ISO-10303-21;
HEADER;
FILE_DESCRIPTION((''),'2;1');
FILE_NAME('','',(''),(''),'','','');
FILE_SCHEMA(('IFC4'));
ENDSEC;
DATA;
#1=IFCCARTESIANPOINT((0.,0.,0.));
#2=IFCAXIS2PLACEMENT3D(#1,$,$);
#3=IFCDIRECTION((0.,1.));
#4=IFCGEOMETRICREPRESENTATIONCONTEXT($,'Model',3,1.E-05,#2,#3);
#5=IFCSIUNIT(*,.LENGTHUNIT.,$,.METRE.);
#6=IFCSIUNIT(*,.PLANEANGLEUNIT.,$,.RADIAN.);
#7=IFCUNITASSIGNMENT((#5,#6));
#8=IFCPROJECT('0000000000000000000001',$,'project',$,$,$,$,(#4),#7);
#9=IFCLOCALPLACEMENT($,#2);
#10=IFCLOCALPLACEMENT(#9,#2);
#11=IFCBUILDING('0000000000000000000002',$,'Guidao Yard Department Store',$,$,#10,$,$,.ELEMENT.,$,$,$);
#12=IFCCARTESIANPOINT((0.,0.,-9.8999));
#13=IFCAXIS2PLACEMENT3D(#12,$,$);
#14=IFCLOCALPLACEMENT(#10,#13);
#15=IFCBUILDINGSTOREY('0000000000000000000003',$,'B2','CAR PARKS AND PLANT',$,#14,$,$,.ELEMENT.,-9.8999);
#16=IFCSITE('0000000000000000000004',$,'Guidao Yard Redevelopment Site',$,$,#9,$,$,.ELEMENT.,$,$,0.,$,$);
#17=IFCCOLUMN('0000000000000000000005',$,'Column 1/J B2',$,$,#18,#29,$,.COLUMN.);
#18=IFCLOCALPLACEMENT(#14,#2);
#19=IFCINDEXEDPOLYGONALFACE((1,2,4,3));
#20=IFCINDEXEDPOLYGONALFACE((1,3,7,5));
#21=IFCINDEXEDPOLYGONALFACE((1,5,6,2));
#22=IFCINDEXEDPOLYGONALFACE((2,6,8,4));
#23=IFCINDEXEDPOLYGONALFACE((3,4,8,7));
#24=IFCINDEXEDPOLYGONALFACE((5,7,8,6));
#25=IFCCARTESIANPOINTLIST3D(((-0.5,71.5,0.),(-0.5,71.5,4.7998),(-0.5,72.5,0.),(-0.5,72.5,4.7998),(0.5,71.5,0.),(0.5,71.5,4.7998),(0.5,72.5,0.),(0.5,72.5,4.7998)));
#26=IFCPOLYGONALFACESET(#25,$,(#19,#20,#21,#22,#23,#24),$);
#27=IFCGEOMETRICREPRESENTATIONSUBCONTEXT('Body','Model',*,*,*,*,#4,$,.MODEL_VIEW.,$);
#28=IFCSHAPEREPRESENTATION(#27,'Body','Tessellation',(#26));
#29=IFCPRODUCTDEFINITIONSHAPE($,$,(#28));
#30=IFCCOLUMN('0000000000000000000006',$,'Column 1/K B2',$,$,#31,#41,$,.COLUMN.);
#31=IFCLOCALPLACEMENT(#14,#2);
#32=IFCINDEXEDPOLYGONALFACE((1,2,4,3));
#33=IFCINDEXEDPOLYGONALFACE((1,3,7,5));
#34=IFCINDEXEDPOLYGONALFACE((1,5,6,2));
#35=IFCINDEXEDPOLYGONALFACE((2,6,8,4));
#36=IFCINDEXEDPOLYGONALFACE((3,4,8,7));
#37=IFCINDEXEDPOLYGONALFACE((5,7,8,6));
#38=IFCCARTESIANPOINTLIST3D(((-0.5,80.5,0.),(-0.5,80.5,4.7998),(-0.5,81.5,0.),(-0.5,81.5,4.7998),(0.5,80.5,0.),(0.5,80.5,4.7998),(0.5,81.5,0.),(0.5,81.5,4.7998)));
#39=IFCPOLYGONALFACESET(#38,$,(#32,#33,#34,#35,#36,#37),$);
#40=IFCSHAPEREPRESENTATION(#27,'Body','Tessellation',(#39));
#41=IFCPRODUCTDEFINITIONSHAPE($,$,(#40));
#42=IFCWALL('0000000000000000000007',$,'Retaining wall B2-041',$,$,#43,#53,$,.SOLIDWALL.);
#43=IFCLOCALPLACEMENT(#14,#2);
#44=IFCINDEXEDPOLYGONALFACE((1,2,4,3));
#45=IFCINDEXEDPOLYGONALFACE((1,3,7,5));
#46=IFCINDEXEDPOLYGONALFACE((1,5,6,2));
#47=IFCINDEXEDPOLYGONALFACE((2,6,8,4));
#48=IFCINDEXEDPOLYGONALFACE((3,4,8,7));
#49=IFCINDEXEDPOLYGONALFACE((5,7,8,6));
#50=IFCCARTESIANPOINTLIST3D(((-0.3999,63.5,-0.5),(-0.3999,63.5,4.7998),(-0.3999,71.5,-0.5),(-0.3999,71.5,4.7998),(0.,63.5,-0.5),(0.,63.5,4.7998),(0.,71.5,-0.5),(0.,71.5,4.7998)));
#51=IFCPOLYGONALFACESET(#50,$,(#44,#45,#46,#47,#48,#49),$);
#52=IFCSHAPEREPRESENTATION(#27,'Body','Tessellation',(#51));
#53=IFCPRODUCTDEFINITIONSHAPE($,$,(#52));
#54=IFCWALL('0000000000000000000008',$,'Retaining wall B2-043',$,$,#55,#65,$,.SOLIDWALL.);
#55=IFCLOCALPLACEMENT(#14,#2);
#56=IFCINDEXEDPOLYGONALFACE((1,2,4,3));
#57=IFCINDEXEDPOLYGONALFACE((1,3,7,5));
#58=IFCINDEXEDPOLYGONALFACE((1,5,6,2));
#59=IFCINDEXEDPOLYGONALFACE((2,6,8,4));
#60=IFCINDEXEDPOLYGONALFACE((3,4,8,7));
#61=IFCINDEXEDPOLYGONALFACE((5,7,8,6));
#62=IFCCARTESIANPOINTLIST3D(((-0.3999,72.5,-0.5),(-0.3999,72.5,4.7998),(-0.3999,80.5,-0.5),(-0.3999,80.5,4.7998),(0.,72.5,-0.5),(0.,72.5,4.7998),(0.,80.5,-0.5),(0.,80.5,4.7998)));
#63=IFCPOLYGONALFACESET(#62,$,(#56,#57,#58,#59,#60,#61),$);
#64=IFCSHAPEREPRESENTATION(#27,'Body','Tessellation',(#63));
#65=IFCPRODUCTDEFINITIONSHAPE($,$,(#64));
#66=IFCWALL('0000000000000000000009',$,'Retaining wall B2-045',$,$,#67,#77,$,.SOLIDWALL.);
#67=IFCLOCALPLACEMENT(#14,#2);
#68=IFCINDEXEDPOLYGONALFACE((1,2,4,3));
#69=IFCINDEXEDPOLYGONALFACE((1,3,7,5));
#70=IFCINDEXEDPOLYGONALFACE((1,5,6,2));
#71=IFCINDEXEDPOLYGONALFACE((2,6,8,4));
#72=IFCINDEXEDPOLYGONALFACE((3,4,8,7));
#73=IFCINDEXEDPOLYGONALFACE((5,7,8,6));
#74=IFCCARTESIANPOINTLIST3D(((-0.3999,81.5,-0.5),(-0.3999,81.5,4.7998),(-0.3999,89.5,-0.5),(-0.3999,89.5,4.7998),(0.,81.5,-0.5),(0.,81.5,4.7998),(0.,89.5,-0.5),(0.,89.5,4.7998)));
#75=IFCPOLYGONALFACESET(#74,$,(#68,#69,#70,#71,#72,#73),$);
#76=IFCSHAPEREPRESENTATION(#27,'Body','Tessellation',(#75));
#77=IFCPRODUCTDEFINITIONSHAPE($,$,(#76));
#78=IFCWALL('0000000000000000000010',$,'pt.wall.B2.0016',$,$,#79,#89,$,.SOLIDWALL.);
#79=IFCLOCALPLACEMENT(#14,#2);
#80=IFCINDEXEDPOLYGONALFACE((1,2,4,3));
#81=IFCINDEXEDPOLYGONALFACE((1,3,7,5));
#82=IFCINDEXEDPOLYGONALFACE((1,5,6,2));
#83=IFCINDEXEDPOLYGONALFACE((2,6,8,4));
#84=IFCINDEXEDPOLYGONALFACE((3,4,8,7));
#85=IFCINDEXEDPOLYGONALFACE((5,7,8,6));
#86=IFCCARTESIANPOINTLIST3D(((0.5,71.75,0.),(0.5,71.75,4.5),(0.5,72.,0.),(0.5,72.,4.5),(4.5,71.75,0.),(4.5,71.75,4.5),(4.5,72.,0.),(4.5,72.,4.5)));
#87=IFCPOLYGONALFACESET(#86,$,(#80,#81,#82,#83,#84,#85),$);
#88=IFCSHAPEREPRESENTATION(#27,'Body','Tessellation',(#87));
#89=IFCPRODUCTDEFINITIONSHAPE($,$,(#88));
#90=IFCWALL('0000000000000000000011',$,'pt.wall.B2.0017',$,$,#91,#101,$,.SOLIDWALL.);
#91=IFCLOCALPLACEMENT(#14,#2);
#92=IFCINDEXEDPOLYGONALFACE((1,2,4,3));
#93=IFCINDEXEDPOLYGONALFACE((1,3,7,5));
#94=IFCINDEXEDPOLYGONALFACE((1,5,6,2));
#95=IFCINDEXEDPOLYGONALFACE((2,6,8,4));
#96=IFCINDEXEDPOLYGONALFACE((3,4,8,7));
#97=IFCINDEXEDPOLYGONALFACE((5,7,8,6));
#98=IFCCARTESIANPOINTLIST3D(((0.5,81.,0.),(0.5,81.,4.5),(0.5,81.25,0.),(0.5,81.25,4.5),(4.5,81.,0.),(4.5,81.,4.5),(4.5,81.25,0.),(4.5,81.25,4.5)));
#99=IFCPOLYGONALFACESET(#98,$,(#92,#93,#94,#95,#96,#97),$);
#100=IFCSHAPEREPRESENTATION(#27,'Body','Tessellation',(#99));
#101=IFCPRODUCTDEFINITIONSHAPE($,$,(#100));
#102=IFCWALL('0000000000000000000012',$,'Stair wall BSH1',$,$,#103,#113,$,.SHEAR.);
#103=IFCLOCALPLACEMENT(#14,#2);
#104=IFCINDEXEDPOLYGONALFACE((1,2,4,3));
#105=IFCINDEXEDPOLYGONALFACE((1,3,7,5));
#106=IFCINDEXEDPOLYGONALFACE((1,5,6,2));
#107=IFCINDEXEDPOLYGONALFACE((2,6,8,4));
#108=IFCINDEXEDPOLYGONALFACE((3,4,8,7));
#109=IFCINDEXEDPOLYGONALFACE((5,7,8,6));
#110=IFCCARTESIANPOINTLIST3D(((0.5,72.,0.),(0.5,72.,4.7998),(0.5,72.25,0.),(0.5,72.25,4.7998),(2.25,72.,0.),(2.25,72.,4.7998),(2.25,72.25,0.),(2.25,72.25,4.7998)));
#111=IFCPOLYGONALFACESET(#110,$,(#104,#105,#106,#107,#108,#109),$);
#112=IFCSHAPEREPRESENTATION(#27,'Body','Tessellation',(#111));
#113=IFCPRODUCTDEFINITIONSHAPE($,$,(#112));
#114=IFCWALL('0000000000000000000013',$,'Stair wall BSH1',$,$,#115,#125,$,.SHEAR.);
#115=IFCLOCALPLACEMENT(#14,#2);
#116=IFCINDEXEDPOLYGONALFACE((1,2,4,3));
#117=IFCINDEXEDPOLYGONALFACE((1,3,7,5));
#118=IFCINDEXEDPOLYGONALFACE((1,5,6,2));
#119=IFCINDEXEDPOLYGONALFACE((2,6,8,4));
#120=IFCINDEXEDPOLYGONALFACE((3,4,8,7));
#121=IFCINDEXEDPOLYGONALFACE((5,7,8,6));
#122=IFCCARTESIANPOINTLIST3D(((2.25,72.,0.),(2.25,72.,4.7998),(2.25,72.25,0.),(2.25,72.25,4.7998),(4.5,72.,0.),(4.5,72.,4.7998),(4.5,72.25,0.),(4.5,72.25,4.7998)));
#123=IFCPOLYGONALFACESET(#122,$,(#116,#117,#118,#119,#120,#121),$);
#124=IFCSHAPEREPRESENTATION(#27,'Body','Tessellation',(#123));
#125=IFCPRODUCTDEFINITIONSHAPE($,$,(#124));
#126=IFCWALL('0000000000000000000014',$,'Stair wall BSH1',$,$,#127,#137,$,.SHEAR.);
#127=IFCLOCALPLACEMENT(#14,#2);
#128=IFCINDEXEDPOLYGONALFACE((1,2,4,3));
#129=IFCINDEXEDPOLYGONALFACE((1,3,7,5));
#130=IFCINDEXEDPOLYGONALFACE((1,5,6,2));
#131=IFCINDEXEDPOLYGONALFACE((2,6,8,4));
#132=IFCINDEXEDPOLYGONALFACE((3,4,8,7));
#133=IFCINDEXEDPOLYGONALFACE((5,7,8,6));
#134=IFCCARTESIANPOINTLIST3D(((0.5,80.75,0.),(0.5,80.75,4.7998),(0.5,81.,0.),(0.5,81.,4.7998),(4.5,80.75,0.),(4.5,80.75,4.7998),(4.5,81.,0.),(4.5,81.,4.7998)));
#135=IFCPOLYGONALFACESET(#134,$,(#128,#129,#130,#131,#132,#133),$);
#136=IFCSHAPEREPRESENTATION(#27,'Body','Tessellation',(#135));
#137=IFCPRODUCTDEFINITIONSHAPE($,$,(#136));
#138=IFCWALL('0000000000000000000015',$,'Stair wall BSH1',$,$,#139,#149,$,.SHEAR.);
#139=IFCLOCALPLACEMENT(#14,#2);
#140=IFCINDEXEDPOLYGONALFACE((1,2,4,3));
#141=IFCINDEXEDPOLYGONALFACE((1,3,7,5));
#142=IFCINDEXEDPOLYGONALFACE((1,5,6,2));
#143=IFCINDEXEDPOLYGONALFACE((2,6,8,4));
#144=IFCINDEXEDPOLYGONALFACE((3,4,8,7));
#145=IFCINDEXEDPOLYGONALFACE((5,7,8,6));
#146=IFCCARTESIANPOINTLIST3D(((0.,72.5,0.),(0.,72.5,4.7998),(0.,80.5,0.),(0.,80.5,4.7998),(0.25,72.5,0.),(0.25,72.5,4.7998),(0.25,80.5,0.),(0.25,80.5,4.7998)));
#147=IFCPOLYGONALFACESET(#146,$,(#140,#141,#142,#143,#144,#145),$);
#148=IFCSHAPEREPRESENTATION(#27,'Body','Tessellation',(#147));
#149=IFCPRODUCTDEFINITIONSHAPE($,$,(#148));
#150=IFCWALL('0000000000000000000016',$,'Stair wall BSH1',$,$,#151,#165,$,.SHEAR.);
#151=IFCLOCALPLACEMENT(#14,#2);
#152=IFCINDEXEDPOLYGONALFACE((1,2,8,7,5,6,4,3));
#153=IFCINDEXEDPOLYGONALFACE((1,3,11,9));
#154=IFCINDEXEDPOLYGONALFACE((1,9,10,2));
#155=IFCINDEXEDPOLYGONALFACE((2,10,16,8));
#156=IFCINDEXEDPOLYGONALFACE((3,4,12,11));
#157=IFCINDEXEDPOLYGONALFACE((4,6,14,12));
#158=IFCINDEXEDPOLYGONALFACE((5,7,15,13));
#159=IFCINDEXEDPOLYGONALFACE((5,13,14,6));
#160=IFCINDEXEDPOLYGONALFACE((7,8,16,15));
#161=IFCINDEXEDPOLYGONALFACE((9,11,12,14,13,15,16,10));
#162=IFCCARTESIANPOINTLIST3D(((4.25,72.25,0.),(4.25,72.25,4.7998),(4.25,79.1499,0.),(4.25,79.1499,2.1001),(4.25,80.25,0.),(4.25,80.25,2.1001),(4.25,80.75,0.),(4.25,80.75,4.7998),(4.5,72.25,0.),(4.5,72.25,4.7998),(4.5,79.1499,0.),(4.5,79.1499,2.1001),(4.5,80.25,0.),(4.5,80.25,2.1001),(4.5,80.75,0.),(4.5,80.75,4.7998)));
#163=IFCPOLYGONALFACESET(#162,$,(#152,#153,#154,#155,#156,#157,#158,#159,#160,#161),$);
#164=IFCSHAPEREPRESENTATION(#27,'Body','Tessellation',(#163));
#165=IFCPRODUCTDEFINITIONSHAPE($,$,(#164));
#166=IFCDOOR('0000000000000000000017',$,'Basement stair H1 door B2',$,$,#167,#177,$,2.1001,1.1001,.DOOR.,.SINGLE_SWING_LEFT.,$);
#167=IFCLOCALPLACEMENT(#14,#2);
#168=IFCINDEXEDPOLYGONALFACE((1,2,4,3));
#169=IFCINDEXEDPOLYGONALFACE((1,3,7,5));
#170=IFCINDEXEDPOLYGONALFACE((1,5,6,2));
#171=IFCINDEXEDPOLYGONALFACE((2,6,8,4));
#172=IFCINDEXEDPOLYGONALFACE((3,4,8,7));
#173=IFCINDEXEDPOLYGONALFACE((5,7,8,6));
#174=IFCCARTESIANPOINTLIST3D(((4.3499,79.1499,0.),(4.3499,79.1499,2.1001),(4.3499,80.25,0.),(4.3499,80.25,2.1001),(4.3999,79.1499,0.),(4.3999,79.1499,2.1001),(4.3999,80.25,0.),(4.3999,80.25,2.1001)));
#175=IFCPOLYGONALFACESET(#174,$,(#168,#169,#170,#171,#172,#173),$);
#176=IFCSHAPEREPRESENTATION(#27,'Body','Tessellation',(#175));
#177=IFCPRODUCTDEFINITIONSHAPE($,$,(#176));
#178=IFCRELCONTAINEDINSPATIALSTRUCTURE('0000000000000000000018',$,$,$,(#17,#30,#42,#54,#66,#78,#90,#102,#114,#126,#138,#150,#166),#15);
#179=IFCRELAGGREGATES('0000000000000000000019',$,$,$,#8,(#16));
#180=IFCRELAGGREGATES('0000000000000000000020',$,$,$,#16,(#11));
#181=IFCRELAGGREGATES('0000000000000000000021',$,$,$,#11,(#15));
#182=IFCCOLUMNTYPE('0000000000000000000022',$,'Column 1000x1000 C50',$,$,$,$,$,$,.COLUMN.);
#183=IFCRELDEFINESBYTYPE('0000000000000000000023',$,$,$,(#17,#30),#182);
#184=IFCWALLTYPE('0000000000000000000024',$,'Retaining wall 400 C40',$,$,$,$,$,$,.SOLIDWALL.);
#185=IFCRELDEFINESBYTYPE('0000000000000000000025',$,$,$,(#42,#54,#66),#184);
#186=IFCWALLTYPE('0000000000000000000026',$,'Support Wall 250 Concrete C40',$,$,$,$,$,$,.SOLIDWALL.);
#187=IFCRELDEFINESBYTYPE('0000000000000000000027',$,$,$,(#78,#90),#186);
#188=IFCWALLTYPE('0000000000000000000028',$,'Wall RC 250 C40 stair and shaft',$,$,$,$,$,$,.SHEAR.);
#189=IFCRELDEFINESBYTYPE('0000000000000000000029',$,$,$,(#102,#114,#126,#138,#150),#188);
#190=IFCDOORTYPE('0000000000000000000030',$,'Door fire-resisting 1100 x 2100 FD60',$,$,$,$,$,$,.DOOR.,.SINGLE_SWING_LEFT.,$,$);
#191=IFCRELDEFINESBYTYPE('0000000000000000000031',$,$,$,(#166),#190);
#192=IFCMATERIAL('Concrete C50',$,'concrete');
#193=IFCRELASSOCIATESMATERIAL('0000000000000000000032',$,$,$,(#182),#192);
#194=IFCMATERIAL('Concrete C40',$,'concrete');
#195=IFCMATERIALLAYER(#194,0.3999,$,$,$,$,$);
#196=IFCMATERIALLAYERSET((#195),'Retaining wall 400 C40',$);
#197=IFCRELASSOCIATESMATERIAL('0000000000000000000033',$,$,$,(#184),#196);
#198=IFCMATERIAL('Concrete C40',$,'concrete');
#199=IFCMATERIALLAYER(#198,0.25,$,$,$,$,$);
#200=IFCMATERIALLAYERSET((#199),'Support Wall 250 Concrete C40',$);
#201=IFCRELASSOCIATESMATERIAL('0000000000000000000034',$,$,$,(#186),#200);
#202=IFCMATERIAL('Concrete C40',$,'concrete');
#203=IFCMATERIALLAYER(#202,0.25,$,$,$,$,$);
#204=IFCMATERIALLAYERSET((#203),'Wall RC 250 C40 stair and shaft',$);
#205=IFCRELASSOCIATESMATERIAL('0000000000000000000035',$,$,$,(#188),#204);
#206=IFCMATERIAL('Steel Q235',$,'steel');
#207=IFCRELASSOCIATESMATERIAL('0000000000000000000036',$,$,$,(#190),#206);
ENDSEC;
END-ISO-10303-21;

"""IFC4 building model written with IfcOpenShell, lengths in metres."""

from ifc_helpers import new_model, si_unit, direction, frame, frame_2d, origin, origin_2d, place, context, subcontext, project, spatial, rectangle, extrude, material, layer, layer_set, material_profile, profile_set, type_object, element, fill, save


model = new_model("IFC4")

# Units and contexts
model_context = context("Model", 3, precision=1e-05, world=origin(), true_north=direction((0.0, 1.0)))
body_context = subcontext(model_context, "Body", "Model", "MODEL_VIEW")
ifc_project = project(units=[si_unit("LENGTHUNIT", "METRE"), si_unit("PLANEANGLEUNIT", "RADIAN")], contexts=[model_context])

# Site, building, storey
site_placement = place(None, origin())
site = spatial("IfcSite", under=ifc_project, at=site_placement, Name="Guidao Yard Redevelopment Site", CompositionType="ELEMENT", RefElevation=0.0)
building_placement = place(site_placement, origin())
building = spatial("IfcBuilding", under=site, at=building_placement, Name="Guidao Yard Department Store", CompositionType="ELEMENT")
storey_placement = place(building_placement, frame((0.0, 0.0, -9.8999)))
storey = spatial("IfcBuildingStorey", under=building, at=storey_placement, Name="B2", Description="CAR PARKS AND PLANT", CompositionType="ELEMENT", Elevation=-9.8999)

# Columns
ifc_material_1 = material(Name="Concrete C50", Category="concrete")
ifc_material_profile_1 = material_profile(ifc_material_1, rectangle(XDim=1.0, YDim=1.0, at=origin_2d()), Name="COL 1000x1000")
ifc_profile_set_1 = profile_set([ifc_material_profile_1], Name="Concrete C50")
column_type = type_object("IfcColumnType", Name="Column 1000x1000 C50", PredefinedType="COLUMN", material=ifc_profile_set_1)
for number, where, z_axis, x_axis, name in (
    (1, (0.0, 72.0, 0.0), (0.0, 0.0, 1.0), (1.0, 0.0, 0.0), "Column 1/J B2"),
    (2, (0.0, 81.0, 0.0), (0.0, 0.0, 1.0), (1.0, 0.0, 0.0), "Column 1/K B2"),
):
    element("IfcColumn", number, at=place(storey_placement, frame(where, z_axis=z_axis, x_axis=x_axis)), inside=storey, type_object=column_type, Name=name, PredefinedType="COLUMN", context=body_context, shape_type="SweptSolid", body=[
        extrude(rectangle(XDim=1.0, YDim=1.0, at=origin_2d()), origin(), (0.0, 0.0, 1.0), 4.7998),
    ])

# Walls
ifc_material_2 = material(Name="Concrete C40", Category="concrete")
ifc_layer_1 = layer(ifc_material_2, 0.3999)
ifc_layer_set_1 = layer_set([ifc_layer_1], Name="Retaining wall 400 C40")
wall_type_1 = type_object("IfcWallType", Name="Retaining wall 400 C40", PredefinedType="SOLIDWALL", material=ifc_layer_set_1)
for number, where, z_axis, x_axis, name in (
    (3, (-0.2, 63.5, -0.5), (0.0, 0.0, 1.0), (0.0, 1.0, 0.0), "Retaining wall B2-041"),
    (4, (-0.2, 72.5, -0.5), (0.0, 0.0, 1.0), (0.0, 1.0, 0.0), "Retaining wall B2-043"),
    (5, (-0.2, 81.5, -0.5), (0.0, 0.0, 1.0), (0.0, 1.0, 0.0), "Retaining wall B2-045"),
):
    element("IfcWall", number, at=place(storey_placement, frame(where, z_axis=z_axis, x_axis=x_axis)), inside=storey, type_object=wall_type_1, Name=name, PredefinedType="SOLIDWALL", context=body_context, shape_type="SweptSolid", body=[
        extrude(rectangle(XDim=8.0, YDim=0.3999, at=frame_2d((4.0, 0.0))), origin(), (0.0, 0.0, 1.0), 5.2998),
    ])
ifc_material_3 = material(Name="Concrete C40", Category="concrete")
ifc_layer_2 = layer(ifc_material_3, 0.25)
ifc_layer_set_2 = layer_set([ifc_layer_2], Name="Support Wall 250 Concrete C40")
wall_type_2 = type_object("IfcWallType", Name="Support Wall 250 Concrete C40", PredefinedType="SOLIDWALL", material=ifc_layer_set_2)
for number, where, z_axis, x_axis, name in (
    (6, (0.5, 71.875, 0.0), (0.0, 0.0, 1.0), (1.0, 0.0, 0.0), "pt.wall.B2.0016"),
    (7, (0.5, 81.125, 0.0), (0.0, 0.0, 1.0), (1.0, 0.0, 0.0), "pt.wall.B2.0017"),
):
    element("IfcWall", number, at=place(storey_placement, frame(where, z_axis=z_axis, x_axis=x_axis)), inside=storey, type_object=wall_type_2, Name=name, PredefinedType="SOLIDWALL", context=body_context, shape_type="SweptSolid", body=[
        extrude(rectangle(XDim=4.0, YDim=0.25, at=frame_2d((2.0, 0.0))), origin(), (0.0, 0.0, 1.0), 4.5),
    ])
ifc_material_4 = material(Name="Concrete C40", Category="concrete")
ifc_layer_3 = layer(ifc_material_4, 0.25)
ifc_layer_set_3 = layer_set([ifc_layer_3], Name="Wall RC 250 C40 stair and shaft")
wall_type_3 = type_object("IfcWallType", Name="Wall RC 250 C40 stair and shaft", PredefinedType="SHEAR", material=ifc_layer_set_3)
wall_1_placement = place(storey_placement, frame((0.5, 72.125, 0.0), z_axis=(0.0, 0.0, 1.0), x_axis=(1.0, 0.0, 0.0)))
element("IfcWall", 8, at=wall_1_placement, inside=storey, type_object=wall_type_3, Name="Stair wall BSH1", PredefinedType="SHEAR", context=body_context, shape_type="SweptSolid", body=[
    extrude(rectangle(XDim=1.75, YDim=0.25, at=frame_2d((0.875, 0.0))), origin(), (0.0, 0.0, 1.0), 4.7998),
])
wall_2_placement = place(storey_placement, frame((2.25, 72.125, 0.0), z_axis=(0.0, 0.0, 1.0), x_axis=(1.0, 0.0, 0.0)))
element("IfcWall", 9, at=wall_2_placement, inside=storey, type_object=wall_type_3, Name="Stair wall BSH1", PredefinedType="SHEAR", context=body_context, shape_type="SweptSolid", body=[
    extrude(rectangle(XDim=2.25, YDim=0.25, at=frame_2d((1.125, 0.0))), origin(), (0.0, 0.0, 1.0), 4.7998),
])
wall_3_placement = place(storey_placement, frame((0.5, 80.875, 0.0), z_axis=(0.0, 0.0, 1.0), x_axis=(1.0, 0.0, 0.0)))
element("IfcWall", 10, at=wall_3_placement, inside=storey, type_object=wall_type_3, Name="Stair wall BSH1", PredefinedType="SHEAR", context=body_context, shape_type="SweptSolid", body=[
    extrude(rectangle(XDim=4.0, YDim=0.25, at=frame_2d((2.0, 0.0))), origin(), (0.0, 0.0, 1.0), 4.7998),
])
wall_4_placement = place(storey_placement, frame((0.125, 72.5, 0.0), z_axis=(0.0, 0.0, 1.0), x_axis=(0.0, 1.0, 0.0)))
element("IfcWall", 11, at=wall_4_placement, inside=storey, type_object=wall_type_3, Name="Stair wall BSH1", PredefinedType="SHEAR", context=body_context, shape_type="SweptSolid", body=[
    extrude(rectangle(XDim=8.0, YDim=0.25, at=frame_2d((4.0, 0.0))), origin(), (0.0, 0.0, 1.0), 4.7998),
])

# Wall, opening, door
wall_5_placement = place(storey_placement, frame((4.375, 72.25, 0.0), z_axis=(0.0, 0.0, 1.0), x_axis=(0.0, 1.0, 0.0)))
wall_5 = element("IfcWall", 12, at=wall_5_placement, inside=storey, type_object=wall_type_3, Name="Stair wall BSH1", PredefinedType="SHEAR", context=body_context, shape_type="SweptSolid", body=[
    extrude(rectangle(XDim=8.5, YDim=0.25, at=frame_2d((4.25, 0.0))), origin(), (0.0, 0.0, 1.0), 4.7998),
])
opening_placement = place(wall_5_placement, frame((8.0, 0.0, 0.0), z_axis=(0.0, 0.0, 1.0), x_axis=(-1.0, 0.0, 0.0)))
opening = element("IfcOpeningElement", 13, at=opening_placement, cuts=wall_5, PredefinedType="OPENING", context=body_context, shape_type="SweptSolid", body=[
    extrude(rectangle(XDim=1.1001, YDim=2.1001, at=frame_2d((0.55, 1.05))), frame((0.0, 0.135, 0.0), z_axis=(0.0, -1.0, 0.0), x_axis=(1.0, 0.0, 0.0)), (0.0, 0.0, 1.0), 0.27),
])
ifc_material_5 = material(Name="Steel Q235", Category="steel")
door_type = type_object("IfcDoorType", Name="Door fire-resisting 1100 x 2100 FD60", OperationType="SINGLE_SWING_LEFT", PredefinedType="DOOR", material=ifc_material_5)
door_placement = place(opening_placement, origin())
door = element("IfcDoor", 14, at=door_placement, inside=storey, type_object=door_type, Name="Basement stair H1 door B2", OperationType="SINGLE_SWING_LEFT", OverallHeight=2.1001, OverallWidth=1.1001, PredefinedType="DOOR", context=body_context, shape_type="SweptSolid", body=[
    extrude(rectangle(XDim=1.1001, YDim=2.1001, at=frame_2d((0.55, 1.05))), frame((0.0, 0.0249, 0.0), z_axis=(0.0, -1.0, 0.0), x_axis=(1.0, 0.0, 0.0)), (0.0, 0.0, 1.0), 0.05),
])
fill(opening, door)

save(model, "model.ifc")
